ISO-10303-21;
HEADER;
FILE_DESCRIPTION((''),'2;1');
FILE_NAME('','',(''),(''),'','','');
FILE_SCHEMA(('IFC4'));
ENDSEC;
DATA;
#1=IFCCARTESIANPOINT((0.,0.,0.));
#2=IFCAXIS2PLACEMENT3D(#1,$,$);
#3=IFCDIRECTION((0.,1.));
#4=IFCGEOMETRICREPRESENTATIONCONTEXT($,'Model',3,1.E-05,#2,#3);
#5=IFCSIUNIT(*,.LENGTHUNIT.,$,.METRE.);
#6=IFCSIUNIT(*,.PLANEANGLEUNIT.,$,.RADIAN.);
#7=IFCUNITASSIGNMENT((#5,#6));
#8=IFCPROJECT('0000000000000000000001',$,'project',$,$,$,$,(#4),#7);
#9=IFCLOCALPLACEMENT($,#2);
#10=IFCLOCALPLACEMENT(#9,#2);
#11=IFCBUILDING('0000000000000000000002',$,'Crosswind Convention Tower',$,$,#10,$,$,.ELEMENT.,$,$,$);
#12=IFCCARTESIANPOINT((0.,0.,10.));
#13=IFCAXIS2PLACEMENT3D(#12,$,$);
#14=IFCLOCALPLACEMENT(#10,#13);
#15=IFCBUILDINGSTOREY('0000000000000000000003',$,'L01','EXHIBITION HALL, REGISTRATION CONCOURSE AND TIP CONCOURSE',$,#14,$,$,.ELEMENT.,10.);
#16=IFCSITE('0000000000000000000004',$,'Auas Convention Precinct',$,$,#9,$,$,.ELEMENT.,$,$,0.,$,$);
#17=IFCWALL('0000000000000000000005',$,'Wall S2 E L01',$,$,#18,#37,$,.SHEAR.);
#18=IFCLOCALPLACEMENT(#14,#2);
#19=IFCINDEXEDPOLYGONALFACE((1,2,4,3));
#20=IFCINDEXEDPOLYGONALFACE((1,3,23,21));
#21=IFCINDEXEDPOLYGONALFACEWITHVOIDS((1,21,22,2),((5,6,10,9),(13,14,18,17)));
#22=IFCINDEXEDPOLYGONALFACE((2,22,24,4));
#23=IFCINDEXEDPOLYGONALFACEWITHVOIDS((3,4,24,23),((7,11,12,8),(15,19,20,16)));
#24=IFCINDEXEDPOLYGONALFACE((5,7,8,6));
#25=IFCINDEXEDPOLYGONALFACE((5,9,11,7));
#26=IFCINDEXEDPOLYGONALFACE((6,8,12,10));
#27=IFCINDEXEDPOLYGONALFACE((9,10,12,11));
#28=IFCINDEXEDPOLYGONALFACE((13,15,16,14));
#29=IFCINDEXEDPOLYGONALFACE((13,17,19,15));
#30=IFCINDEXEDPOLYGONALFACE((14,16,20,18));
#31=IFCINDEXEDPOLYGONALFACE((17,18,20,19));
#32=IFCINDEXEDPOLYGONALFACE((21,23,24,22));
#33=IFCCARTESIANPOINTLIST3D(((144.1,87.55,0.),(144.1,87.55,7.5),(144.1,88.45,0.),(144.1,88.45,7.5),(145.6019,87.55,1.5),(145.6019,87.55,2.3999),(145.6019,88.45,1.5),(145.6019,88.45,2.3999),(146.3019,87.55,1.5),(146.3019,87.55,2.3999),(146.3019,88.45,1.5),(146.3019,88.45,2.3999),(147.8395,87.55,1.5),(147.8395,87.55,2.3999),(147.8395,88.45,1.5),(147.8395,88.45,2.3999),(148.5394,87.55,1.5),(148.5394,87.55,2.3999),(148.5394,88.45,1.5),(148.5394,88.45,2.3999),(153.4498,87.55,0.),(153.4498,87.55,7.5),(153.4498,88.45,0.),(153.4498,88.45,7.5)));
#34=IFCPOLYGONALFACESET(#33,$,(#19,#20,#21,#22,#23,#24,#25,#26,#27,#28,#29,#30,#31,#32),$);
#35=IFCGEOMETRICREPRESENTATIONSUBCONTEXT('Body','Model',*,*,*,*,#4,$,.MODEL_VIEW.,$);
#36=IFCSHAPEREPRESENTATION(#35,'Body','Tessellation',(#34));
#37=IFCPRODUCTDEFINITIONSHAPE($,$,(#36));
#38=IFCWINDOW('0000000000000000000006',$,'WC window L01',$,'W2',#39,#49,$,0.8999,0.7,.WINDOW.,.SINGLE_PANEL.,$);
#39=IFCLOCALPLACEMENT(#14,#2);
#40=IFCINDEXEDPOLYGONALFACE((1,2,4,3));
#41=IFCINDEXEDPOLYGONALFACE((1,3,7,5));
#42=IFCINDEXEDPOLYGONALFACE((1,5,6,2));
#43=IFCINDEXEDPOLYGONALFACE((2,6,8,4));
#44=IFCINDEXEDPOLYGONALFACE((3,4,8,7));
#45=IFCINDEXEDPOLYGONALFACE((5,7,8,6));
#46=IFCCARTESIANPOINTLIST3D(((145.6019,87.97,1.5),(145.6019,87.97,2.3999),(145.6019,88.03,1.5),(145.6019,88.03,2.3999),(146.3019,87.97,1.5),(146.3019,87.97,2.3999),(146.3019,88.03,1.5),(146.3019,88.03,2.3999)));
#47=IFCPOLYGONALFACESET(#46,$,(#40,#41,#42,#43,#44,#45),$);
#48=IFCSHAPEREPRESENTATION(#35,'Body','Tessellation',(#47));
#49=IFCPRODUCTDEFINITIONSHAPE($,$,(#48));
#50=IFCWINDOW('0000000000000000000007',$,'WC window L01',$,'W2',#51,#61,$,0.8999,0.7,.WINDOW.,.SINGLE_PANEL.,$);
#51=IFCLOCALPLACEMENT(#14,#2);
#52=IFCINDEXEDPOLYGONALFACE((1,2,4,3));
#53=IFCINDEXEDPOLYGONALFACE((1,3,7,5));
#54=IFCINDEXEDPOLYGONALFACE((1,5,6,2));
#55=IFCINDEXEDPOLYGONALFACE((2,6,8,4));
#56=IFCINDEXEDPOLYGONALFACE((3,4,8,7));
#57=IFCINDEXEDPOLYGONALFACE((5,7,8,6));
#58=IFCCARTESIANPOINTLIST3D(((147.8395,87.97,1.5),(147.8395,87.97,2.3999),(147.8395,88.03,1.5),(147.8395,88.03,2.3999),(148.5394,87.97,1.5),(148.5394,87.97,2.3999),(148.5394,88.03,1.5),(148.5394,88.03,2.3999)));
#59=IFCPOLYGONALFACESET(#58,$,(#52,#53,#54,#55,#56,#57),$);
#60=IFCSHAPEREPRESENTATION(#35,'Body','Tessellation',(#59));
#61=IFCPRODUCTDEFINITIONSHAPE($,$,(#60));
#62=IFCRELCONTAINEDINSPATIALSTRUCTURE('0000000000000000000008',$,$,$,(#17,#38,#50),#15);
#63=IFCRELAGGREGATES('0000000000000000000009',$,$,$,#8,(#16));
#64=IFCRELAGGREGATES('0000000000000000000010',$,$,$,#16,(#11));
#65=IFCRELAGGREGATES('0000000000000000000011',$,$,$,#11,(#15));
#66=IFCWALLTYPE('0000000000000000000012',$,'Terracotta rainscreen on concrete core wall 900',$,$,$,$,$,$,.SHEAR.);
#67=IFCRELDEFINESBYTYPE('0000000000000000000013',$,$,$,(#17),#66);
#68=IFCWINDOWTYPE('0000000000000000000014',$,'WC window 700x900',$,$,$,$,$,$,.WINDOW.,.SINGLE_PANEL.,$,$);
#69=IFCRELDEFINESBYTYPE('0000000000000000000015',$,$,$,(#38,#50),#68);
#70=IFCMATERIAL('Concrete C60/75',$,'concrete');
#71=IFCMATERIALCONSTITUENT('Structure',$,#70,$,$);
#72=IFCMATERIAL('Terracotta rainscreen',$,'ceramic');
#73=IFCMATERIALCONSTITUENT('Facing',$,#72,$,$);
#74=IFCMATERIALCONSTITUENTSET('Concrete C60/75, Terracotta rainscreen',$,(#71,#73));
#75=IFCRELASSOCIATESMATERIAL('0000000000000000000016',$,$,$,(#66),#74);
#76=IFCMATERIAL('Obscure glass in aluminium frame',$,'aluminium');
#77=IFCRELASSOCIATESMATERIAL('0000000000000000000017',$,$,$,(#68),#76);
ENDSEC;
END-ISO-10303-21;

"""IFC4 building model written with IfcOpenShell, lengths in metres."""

from ifc_helpers import new_model, si_unit, direction, frame, frame_2d, origin, place, context, subcontext, project, spatial, rectangle, extrude, material, constituent, constituent_set, type_object, element, fill, save


model = new_model("IFC4")

# Units and contexts
model_context = context("Model", 3, precision=1e-05, world=origin(), true_north=direction((0.0, 1.0)))
body_context = subcontext(model_context, "Body", "Model", "MODEL_VIEW")
ifc_project = project(units=[si_unit("LENGTHUNIT", "METRE"), si_unit("PLANEANGLEUNIT", "RADIAN")], contexts=[model_context])

# Site, building, storey
site_placement = place(None, origin())
site = spatial("IfcSite", under=ifc_project, at=site_placement, Name="Auas Convention Precinct", CompositionType="ELEMENT", RefElevation=0.0)
building_placement = place(site_placement, origin())
building = spatial("IfcBuilding", under=site, at=building_placement, Name="Crosswind Convention Tower", CompositionType="ELEMENT")
storey_placement = place(building_placement, frame((0.0, 0.0, 10.0)))
storey = spatial("IfcBuildingStorey", under=building, at=storey_placement, Name="L01", Description="EXHIBITION HALL, REGISTRATION CONCOURSE AND TIP CONCOURSE", CompositionType="ELEMENT", Elevation=10.0)

# Shared definitions
ifc_material_1 = material(Name="Concrete C60/75", Category="concrete")

# Shared definitions
ifc_material_2 = material(Name="Terracotta rainscreen", Category="ceramic")

# Wall, openings, windows
ifc_constituent_1 = constituent(ifc_material_1, Name="Structure")
ifc_constituent_2 = constituent(ifc_material_2, Name="Facing")
ifc_constituent_set = constituent_set(constituents=[ifc_constituent_1, ifc_constituent_2], Name="Concrete C60/75, Terracotta rainscreen")
wall_type_1 = type_object("IfcWallType", Name="Terracotta rainscreen on concrete core wall 900", PredefinedType="SHEAR", material=ifc_constituent_set)
wall_1_placement = place(storey_placement, frame((144.1001, 88.0, 0.0), z_axis=(0.0, 0.0, 1.0), x_axis=(1.0, 0.0, 0.0)))
wall_1 = element("IfcWall", 1, at=wall_1_placement, inside=storey, type_object=wall_type_1, Name="Wall S2 E L01", PredefinedType="SHEAR", context=body_context, shape_type="SweptSolid", body=[
    extrude(rectangle(XDim=9.3499, YDim=0.8999, at=frame_2d((4.6748, 0.0))), origin(), (0.0, 0.0, 1.0), 7.5),
])
opening_1_placement = place(wall_1_placement, frame((1.5017, 0.0, 1.5)))
opening_1 = element("IfcOpeningElement", 2, at=opening_1_placement, cuts=wall_1, PredefinedType="OPENING", context=body_context, shape_type="SweptSolid", body=[
    extrude(rectangle(XDim=0.7, YDim=0.8999, at=frame_2d((0.3501, 0.45))), frame((0.0, 0.46, 0.0), z_axis=(0.0, -1.0, 0.0), x_axis=(1.0, 0.0, 0.0)), (0.0, 0.0, 1.0), 0.9199),
])
opening_2_placement = place(wall_1_placement, frame((3.7393, 0.0, 1.5)))
opening_2 = element("IfcOpeningElement", 3, at=opening_2_placement, cuts=wall_1, PredefinedType="OPENING", context=body_context, shape_type="SweptSolid", body=[
    extrude(rectangle(XDim=0.7, YDim=0.8999, at=frame_2d((0.3501, 0.45))), frame((0.0, 0.46, 0.0), z_axis=(0.0, -1.0, 0.0), x_axis=(1.0, 0.0, 0.0)), (0.0, 0.0, 1.0), 0.9199),
])
ifc_material_3 = material(Name="Obscure glass in aluminium frame", Category="aluminium")
window_type = type_object("IfcWindowType", Name="WC window 700x900", PartitioningType="SINGLE_PANEL", PredefinedType="WINDOW", material=ifc_material_3)
window_1_placement = place(opening_1_placement, origin())
window_1 = element("IfcWindow", 4, at=window_1_placement, inside=storey, type_object=window_type, Name="WC window L01", ObjectType="W2", OverallHeight=0.8999, OverallWidth=0.7, PartitioningType="SINGLE_PANEL", PredefinedType="WINDOW", context=body_context, shape_type="SweptSolid", body=[
    extrude(rectangle(XDim=0.7, YDim=0.8999, at=frame_2d((0.3501, 0.45))), frame((0.0, 0.03, 0.0), z_axis=(0.0, -1.0, 0.0), x_axis=(1.0, 0.0, 0.0)), (0.0, 0.0, 1.0), 0.0601),
])
fill(opening_1, window_1)
window_2_placement = place(opening_2_placement, origin())
window_2 = element("IfcWindow", 5, at=window_2_placement, inside=storey, type_object=window_type, Name="WC window L01", ObjectType="W2", OverallHeight=0.8999, OverallWidth=0.7, PartitioningType="SINGLE_PANEL", PredefinedType="WINDOW", context=body_context, shape_type="SweptSolid", body=[
    extrude(rectangle(XDim=0.7, YDim=0.8999, at=frame_2d((0.3501, 0.45))), frame((0.0, 0.03, 0.0), z_axis=(0.0, -1.0, 0.0), x_axis=(1.0, 0.0, 0.0)), (0.0, 0.0, 1.0), 0.0601),
])
fill(opening_2, window_2)

save(model, "model.ifc")
